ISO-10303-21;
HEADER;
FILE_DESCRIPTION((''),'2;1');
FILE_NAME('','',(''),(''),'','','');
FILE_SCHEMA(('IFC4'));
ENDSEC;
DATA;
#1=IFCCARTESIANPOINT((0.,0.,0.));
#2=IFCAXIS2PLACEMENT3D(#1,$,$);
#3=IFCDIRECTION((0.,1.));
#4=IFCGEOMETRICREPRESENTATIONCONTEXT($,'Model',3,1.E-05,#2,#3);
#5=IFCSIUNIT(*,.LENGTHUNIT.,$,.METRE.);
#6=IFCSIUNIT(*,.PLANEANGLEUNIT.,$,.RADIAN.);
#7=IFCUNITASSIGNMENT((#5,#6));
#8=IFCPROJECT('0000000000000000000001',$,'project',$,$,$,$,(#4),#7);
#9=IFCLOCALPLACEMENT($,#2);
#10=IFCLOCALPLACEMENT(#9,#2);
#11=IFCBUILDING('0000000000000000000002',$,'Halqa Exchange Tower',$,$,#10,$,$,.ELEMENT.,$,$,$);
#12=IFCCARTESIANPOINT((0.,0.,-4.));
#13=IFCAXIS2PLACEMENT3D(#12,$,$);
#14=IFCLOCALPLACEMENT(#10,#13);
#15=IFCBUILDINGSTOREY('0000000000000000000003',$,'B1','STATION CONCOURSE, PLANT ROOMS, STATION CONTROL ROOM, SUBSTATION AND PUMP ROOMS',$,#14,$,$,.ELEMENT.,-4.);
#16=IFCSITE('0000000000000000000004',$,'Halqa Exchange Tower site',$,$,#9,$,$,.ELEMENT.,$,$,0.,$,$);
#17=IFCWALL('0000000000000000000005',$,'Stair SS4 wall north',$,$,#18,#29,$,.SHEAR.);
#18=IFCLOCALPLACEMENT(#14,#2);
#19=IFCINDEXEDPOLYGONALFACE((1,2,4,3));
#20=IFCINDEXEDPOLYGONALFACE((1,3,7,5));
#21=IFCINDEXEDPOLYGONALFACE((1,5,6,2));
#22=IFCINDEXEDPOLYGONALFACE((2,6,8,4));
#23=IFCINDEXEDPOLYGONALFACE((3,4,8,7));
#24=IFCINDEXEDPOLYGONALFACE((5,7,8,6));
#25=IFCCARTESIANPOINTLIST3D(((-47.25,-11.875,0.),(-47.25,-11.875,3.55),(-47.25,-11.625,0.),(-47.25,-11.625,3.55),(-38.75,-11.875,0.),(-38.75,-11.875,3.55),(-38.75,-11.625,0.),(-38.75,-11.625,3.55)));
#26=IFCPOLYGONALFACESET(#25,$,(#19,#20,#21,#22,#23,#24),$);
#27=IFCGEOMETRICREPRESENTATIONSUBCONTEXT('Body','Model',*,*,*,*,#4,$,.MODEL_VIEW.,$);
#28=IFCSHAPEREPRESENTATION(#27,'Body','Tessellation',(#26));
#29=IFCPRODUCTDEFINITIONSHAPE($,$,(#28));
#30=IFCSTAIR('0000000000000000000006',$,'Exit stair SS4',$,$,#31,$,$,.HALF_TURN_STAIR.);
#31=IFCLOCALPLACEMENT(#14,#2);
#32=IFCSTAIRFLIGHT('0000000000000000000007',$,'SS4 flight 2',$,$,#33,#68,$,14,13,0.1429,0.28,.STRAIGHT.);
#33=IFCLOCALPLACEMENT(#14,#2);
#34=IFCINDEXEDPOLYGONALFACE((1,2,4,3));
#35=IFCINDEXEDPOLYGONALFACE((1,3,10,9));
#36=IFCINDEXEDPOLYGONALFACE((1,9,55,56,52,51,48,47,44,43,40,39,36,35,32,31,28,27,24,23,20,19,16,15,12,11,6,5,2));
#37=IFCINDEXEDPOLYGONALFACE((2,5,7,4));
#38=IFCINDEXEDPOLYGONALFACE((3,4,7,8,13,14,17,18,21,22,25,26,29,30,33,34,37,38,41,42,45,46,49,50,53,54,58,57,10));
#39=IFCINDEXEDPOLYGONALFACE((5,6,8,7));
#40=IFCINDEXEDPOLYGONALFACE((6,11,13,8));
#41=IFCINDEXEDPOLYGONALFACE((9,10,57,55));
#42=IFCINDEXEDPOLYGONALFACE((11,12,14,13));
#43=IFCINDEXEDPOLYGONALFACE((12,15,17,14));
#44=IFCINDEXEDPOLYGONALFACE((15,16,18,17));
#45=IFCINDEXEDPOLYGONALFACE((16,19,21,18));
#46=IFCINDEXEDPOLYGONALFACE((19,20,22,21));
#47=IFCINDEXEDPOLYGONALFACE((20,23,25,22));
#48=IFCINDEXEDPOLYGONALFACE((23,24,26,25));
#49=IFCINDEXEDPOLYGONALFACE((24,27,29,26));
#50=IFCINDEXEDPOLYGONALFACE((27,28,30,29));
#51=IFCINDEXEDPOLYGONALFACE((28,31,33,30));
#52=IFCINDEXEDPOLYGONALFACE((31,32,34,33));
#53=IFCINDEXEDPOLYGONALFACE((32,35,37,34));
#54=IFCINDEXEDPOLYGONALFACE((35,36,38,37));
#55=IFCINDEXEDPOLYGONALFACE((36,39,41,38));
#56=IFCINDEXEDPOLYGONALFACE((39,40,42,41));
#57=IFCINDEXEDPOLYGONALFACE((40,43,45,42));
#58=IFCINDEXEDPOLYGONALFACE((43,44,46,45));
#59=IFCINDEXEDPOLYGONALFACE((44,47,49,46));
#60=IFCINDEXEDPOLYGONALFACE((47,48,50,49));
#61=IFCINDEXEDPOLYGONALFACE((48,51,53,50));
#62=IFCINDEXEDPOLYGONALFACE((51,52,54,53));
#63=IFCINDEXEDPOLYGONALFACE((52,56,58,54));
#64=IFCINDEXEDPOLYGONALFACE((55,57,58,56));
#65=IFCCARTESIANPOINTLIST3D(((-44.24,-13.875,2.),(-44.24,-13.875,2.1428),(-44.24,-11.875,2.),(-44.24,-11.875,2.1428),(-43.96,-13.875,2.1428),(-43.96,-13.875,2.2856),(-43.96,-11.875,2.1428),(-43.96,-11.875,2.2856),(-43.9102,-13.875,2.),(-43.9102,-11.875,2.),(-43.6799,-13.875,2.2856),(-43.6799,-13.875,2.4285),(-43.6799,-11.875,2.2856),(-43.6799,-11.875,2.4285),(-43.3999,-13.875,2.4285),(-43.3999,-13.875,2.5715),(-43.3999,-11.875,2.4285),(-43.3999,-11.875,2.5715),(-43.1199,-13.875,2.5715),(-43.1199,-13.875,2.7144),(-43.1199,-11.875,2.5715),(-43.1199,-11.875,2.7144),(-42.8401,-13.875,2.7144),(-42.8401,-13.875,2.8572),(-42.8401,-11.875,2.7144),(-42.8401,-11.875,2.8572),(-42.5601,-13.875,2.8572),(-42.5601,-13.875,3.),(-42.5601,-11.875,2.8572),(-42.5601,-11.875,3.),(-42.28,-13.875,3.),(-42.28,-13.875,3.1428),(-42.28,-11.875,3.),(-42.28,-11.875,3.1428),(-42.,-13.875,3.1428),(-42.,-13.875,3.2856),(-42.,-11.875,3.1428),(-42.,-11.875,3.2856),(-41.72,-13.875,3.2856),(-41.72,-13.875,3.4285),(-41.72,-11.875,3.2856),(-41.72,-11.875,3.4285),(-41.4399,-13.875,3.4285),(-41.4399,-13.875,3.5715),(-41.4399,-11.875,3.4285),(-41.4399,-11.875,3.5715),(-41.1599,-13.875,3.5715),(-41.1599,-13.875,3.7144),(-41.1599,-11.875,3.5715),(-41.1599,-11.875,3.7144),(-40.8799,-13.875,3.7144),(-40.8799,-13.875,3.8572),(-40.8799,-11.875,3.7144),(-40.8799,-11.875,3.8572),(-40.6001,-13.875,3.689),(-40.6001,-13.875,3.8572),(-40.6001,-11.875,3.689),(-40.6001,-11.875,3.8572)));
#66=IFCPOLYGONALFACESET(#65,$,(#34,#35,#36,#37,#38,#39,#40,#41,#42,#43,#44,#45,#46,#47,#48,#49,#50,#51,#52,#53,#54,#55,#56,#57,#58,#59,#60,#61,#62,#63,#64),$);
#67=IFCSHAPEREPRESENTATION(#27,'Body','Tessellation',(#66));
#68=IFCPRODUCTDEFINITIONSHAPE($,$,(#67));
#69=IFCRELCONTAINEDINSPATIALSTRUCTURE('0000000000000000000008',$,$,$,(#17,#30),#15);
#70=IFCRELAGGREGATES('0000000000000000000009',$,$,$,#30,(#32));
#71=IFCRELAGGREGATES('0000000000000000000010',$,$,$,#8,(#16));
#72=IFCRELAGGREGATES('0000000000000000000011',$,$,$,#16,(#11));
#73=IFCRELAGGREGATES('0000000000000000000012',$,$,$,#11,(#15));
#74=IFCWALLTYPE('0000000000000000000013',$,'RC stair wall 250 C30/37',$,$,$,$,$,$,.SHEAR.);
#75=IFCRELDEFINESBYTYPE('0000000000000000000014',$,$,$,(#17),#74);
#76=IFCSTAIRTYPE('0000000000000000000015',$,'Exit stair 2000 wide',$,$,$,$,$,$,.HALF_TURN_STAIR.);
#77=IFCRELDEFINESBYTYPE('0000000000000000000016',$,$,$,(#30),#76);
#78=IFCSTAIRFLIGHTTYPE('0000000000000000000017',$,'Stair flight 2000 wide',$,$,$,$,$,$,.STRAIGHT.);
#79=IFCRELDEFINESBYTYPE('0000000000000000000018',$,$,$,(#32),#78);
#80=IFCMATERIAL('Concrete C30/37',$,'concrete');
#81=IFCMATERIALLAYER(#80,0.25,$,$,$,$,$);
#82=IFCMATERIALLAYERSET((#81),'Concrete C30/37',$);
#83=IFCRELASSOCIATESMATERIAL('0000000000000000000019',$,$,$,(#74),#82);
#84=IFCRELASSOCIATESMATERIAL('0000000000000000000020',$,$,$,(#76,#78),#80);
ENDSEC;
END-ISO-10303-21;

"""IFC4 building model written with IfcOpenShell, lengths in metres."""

from ifc_helpers import new_model, si_unit, direction, frame, frame_2d, origin, place, context, subcontext, project, spatial, polyline, rectangle, outline, extrude, material, layer, layer_set, type_object, element, aggregate, save


model = new_model("IFC4")

# Units and contexts
model_context = context("Model", 3, precision=1e-05, world=origin(), true_north=direction((0.0, 1.0)))
body_context = subcontext(model_context, "Body", "Model", "MODEL_VIEW")
ifc_project = project(units=[si_unit("LENGTHUNIT", "METRE"), si_unit("PLANEANGLEUNIT", "RADIAN")], contexts=[model_context])

# Site, building, storey
site_placement = place(None, origin())
site = spatial("IfcSite", under=ifc_project, at=site_placement, Name="Halqa Exchange Tower site", CompositionType="ELEMENT", RefElevation=0.0)
building_placement = place(site_placement, origin())
building = spatial("IfcBuilding", under=site, at=building_placement, Name="Halqa Exchange Tower", CompositionType="ELEMENT")
storey_placement = place(building_placement, frame((0.0, 0.0, -4.0)))
storey = spatial("IfcBuildingStorey", under=building, at=storey_placement, Name="B1", Description="STATION CONCOURSE, PLANT ROOMS, STATION CONTROL ROOM, SUBSTATION AND PUMP ROOMS", CompositionType="ELEMENT", Elevation=-4.0)

# Wall
ifc_material_1 = material(Name="Concrete C30/37", Category="concrete")
ifc_layer_1 = layer(ifc_material_1, 0.25)
ifc_layer_set_1 = layer_set([ifc_layer_1], Name="Concrete C30/37")
wall_type_1 = type_object("IfcWallType", Name="RC stair wall 250 C30/37", PredefinedType="SHEAR", material=ifc_layer_set_1)
wall_1_placement = place(storey_placement, frame((-47.25, -11.75, 0.0), z_axis=(0.0, 0.0, 1.0), x_axis=(1.0, 0.0, 0.0)))
element("IfcWall", 1, at=wall_1_placement, inside=storey, type_object=wall_type_1, Name="Stair SS4 wall north", PredefinedType="SHEAR", context=body_context, shape_type="SweptSolid", body=[
    extrude(rectangle(XDim=8.5, YDim=0.25, at=frame_2d((4.25, 0.0))), origin(), (0.0, 0.0, 1.0), 3.55),
])

# Stair, stair flight
stair_type = type_object("IfcStairType", Name="Exit stair 2000 wide", PredefinedType="HALF_TURN_STAIR", material=ifc_material_1)
stair_placement = place(storey_placement, origin())
stair = element("IfcStair", 2, at=stair_placement, inside=storey, type_object=stair_type, Name="Exit stair SS4", PredefinedType="HALF_TURN_STAIR")
stair_flight_type = type_object("IfcStairFlightType", Name="Stair flight 2000 wide", PredefinedType="STRAIGHT", material=ifc_material_1)
stair_flight_placement = place(storey_placement, frame((-44.24, -12.875, 2.0), z_axis=(0.0, 0.0, 1.0), x_axis=(1.0, 0.0, 0.0)))
stair_flight = element("IfcStairFlight", 3, at=stair_flight_placement, type_object=stair_flight_type, Name="SS4 flight 2", NumberOfRisers=14, NumberOfTreads=13, PredefinedType="STRAIGHT", RiserHeight=0.1429, TreadLength=0.28, context=body_context, shape_type="SweptSolid", body=[
    extrude(outline(polyline([(0.0, 0.0), (0.0, 0.1428), (0.28, 0.1428), (0.28, 0.2856), (0.5601, 0.2856), (0.5601, 0.4285), (0.8401, 0.4285), (0.8401, 0.5715), (1.1201, 0.5715), (1.1201, 0.7144), (1.3999, 0.7144), (1.3999, 0.8572), (1.6799, 0.8572), (1.6799, 1.0), (1.96, 1.0), (1.96, 1.1428), (2.24, 1.1428), (2.24, 1.2856), (2.52, 1.2856), (2.52, 1.4285), (2.8, 1.4285), (2.8, 1.5715), (3.0801, 1.5715), (3.0801, 1.7144), (3.3601, 1.7144), (3.3601, 1.8572), (3.6399, 1.8572), (3.6399, 2.0), (3.6399, 1.689), (0.3298, 0.0), (0.0, 0.0)])), frame((0.0, 1.0, 0.0), z_axis=(0.0, -1.0, 0.0), x_axis=(1.0, 0.0, 0.0)), (0.0, 0.0, 1.0), 2.0),
])
aggregate(stair, [stair_flight])

save(model, "model.ifc")
